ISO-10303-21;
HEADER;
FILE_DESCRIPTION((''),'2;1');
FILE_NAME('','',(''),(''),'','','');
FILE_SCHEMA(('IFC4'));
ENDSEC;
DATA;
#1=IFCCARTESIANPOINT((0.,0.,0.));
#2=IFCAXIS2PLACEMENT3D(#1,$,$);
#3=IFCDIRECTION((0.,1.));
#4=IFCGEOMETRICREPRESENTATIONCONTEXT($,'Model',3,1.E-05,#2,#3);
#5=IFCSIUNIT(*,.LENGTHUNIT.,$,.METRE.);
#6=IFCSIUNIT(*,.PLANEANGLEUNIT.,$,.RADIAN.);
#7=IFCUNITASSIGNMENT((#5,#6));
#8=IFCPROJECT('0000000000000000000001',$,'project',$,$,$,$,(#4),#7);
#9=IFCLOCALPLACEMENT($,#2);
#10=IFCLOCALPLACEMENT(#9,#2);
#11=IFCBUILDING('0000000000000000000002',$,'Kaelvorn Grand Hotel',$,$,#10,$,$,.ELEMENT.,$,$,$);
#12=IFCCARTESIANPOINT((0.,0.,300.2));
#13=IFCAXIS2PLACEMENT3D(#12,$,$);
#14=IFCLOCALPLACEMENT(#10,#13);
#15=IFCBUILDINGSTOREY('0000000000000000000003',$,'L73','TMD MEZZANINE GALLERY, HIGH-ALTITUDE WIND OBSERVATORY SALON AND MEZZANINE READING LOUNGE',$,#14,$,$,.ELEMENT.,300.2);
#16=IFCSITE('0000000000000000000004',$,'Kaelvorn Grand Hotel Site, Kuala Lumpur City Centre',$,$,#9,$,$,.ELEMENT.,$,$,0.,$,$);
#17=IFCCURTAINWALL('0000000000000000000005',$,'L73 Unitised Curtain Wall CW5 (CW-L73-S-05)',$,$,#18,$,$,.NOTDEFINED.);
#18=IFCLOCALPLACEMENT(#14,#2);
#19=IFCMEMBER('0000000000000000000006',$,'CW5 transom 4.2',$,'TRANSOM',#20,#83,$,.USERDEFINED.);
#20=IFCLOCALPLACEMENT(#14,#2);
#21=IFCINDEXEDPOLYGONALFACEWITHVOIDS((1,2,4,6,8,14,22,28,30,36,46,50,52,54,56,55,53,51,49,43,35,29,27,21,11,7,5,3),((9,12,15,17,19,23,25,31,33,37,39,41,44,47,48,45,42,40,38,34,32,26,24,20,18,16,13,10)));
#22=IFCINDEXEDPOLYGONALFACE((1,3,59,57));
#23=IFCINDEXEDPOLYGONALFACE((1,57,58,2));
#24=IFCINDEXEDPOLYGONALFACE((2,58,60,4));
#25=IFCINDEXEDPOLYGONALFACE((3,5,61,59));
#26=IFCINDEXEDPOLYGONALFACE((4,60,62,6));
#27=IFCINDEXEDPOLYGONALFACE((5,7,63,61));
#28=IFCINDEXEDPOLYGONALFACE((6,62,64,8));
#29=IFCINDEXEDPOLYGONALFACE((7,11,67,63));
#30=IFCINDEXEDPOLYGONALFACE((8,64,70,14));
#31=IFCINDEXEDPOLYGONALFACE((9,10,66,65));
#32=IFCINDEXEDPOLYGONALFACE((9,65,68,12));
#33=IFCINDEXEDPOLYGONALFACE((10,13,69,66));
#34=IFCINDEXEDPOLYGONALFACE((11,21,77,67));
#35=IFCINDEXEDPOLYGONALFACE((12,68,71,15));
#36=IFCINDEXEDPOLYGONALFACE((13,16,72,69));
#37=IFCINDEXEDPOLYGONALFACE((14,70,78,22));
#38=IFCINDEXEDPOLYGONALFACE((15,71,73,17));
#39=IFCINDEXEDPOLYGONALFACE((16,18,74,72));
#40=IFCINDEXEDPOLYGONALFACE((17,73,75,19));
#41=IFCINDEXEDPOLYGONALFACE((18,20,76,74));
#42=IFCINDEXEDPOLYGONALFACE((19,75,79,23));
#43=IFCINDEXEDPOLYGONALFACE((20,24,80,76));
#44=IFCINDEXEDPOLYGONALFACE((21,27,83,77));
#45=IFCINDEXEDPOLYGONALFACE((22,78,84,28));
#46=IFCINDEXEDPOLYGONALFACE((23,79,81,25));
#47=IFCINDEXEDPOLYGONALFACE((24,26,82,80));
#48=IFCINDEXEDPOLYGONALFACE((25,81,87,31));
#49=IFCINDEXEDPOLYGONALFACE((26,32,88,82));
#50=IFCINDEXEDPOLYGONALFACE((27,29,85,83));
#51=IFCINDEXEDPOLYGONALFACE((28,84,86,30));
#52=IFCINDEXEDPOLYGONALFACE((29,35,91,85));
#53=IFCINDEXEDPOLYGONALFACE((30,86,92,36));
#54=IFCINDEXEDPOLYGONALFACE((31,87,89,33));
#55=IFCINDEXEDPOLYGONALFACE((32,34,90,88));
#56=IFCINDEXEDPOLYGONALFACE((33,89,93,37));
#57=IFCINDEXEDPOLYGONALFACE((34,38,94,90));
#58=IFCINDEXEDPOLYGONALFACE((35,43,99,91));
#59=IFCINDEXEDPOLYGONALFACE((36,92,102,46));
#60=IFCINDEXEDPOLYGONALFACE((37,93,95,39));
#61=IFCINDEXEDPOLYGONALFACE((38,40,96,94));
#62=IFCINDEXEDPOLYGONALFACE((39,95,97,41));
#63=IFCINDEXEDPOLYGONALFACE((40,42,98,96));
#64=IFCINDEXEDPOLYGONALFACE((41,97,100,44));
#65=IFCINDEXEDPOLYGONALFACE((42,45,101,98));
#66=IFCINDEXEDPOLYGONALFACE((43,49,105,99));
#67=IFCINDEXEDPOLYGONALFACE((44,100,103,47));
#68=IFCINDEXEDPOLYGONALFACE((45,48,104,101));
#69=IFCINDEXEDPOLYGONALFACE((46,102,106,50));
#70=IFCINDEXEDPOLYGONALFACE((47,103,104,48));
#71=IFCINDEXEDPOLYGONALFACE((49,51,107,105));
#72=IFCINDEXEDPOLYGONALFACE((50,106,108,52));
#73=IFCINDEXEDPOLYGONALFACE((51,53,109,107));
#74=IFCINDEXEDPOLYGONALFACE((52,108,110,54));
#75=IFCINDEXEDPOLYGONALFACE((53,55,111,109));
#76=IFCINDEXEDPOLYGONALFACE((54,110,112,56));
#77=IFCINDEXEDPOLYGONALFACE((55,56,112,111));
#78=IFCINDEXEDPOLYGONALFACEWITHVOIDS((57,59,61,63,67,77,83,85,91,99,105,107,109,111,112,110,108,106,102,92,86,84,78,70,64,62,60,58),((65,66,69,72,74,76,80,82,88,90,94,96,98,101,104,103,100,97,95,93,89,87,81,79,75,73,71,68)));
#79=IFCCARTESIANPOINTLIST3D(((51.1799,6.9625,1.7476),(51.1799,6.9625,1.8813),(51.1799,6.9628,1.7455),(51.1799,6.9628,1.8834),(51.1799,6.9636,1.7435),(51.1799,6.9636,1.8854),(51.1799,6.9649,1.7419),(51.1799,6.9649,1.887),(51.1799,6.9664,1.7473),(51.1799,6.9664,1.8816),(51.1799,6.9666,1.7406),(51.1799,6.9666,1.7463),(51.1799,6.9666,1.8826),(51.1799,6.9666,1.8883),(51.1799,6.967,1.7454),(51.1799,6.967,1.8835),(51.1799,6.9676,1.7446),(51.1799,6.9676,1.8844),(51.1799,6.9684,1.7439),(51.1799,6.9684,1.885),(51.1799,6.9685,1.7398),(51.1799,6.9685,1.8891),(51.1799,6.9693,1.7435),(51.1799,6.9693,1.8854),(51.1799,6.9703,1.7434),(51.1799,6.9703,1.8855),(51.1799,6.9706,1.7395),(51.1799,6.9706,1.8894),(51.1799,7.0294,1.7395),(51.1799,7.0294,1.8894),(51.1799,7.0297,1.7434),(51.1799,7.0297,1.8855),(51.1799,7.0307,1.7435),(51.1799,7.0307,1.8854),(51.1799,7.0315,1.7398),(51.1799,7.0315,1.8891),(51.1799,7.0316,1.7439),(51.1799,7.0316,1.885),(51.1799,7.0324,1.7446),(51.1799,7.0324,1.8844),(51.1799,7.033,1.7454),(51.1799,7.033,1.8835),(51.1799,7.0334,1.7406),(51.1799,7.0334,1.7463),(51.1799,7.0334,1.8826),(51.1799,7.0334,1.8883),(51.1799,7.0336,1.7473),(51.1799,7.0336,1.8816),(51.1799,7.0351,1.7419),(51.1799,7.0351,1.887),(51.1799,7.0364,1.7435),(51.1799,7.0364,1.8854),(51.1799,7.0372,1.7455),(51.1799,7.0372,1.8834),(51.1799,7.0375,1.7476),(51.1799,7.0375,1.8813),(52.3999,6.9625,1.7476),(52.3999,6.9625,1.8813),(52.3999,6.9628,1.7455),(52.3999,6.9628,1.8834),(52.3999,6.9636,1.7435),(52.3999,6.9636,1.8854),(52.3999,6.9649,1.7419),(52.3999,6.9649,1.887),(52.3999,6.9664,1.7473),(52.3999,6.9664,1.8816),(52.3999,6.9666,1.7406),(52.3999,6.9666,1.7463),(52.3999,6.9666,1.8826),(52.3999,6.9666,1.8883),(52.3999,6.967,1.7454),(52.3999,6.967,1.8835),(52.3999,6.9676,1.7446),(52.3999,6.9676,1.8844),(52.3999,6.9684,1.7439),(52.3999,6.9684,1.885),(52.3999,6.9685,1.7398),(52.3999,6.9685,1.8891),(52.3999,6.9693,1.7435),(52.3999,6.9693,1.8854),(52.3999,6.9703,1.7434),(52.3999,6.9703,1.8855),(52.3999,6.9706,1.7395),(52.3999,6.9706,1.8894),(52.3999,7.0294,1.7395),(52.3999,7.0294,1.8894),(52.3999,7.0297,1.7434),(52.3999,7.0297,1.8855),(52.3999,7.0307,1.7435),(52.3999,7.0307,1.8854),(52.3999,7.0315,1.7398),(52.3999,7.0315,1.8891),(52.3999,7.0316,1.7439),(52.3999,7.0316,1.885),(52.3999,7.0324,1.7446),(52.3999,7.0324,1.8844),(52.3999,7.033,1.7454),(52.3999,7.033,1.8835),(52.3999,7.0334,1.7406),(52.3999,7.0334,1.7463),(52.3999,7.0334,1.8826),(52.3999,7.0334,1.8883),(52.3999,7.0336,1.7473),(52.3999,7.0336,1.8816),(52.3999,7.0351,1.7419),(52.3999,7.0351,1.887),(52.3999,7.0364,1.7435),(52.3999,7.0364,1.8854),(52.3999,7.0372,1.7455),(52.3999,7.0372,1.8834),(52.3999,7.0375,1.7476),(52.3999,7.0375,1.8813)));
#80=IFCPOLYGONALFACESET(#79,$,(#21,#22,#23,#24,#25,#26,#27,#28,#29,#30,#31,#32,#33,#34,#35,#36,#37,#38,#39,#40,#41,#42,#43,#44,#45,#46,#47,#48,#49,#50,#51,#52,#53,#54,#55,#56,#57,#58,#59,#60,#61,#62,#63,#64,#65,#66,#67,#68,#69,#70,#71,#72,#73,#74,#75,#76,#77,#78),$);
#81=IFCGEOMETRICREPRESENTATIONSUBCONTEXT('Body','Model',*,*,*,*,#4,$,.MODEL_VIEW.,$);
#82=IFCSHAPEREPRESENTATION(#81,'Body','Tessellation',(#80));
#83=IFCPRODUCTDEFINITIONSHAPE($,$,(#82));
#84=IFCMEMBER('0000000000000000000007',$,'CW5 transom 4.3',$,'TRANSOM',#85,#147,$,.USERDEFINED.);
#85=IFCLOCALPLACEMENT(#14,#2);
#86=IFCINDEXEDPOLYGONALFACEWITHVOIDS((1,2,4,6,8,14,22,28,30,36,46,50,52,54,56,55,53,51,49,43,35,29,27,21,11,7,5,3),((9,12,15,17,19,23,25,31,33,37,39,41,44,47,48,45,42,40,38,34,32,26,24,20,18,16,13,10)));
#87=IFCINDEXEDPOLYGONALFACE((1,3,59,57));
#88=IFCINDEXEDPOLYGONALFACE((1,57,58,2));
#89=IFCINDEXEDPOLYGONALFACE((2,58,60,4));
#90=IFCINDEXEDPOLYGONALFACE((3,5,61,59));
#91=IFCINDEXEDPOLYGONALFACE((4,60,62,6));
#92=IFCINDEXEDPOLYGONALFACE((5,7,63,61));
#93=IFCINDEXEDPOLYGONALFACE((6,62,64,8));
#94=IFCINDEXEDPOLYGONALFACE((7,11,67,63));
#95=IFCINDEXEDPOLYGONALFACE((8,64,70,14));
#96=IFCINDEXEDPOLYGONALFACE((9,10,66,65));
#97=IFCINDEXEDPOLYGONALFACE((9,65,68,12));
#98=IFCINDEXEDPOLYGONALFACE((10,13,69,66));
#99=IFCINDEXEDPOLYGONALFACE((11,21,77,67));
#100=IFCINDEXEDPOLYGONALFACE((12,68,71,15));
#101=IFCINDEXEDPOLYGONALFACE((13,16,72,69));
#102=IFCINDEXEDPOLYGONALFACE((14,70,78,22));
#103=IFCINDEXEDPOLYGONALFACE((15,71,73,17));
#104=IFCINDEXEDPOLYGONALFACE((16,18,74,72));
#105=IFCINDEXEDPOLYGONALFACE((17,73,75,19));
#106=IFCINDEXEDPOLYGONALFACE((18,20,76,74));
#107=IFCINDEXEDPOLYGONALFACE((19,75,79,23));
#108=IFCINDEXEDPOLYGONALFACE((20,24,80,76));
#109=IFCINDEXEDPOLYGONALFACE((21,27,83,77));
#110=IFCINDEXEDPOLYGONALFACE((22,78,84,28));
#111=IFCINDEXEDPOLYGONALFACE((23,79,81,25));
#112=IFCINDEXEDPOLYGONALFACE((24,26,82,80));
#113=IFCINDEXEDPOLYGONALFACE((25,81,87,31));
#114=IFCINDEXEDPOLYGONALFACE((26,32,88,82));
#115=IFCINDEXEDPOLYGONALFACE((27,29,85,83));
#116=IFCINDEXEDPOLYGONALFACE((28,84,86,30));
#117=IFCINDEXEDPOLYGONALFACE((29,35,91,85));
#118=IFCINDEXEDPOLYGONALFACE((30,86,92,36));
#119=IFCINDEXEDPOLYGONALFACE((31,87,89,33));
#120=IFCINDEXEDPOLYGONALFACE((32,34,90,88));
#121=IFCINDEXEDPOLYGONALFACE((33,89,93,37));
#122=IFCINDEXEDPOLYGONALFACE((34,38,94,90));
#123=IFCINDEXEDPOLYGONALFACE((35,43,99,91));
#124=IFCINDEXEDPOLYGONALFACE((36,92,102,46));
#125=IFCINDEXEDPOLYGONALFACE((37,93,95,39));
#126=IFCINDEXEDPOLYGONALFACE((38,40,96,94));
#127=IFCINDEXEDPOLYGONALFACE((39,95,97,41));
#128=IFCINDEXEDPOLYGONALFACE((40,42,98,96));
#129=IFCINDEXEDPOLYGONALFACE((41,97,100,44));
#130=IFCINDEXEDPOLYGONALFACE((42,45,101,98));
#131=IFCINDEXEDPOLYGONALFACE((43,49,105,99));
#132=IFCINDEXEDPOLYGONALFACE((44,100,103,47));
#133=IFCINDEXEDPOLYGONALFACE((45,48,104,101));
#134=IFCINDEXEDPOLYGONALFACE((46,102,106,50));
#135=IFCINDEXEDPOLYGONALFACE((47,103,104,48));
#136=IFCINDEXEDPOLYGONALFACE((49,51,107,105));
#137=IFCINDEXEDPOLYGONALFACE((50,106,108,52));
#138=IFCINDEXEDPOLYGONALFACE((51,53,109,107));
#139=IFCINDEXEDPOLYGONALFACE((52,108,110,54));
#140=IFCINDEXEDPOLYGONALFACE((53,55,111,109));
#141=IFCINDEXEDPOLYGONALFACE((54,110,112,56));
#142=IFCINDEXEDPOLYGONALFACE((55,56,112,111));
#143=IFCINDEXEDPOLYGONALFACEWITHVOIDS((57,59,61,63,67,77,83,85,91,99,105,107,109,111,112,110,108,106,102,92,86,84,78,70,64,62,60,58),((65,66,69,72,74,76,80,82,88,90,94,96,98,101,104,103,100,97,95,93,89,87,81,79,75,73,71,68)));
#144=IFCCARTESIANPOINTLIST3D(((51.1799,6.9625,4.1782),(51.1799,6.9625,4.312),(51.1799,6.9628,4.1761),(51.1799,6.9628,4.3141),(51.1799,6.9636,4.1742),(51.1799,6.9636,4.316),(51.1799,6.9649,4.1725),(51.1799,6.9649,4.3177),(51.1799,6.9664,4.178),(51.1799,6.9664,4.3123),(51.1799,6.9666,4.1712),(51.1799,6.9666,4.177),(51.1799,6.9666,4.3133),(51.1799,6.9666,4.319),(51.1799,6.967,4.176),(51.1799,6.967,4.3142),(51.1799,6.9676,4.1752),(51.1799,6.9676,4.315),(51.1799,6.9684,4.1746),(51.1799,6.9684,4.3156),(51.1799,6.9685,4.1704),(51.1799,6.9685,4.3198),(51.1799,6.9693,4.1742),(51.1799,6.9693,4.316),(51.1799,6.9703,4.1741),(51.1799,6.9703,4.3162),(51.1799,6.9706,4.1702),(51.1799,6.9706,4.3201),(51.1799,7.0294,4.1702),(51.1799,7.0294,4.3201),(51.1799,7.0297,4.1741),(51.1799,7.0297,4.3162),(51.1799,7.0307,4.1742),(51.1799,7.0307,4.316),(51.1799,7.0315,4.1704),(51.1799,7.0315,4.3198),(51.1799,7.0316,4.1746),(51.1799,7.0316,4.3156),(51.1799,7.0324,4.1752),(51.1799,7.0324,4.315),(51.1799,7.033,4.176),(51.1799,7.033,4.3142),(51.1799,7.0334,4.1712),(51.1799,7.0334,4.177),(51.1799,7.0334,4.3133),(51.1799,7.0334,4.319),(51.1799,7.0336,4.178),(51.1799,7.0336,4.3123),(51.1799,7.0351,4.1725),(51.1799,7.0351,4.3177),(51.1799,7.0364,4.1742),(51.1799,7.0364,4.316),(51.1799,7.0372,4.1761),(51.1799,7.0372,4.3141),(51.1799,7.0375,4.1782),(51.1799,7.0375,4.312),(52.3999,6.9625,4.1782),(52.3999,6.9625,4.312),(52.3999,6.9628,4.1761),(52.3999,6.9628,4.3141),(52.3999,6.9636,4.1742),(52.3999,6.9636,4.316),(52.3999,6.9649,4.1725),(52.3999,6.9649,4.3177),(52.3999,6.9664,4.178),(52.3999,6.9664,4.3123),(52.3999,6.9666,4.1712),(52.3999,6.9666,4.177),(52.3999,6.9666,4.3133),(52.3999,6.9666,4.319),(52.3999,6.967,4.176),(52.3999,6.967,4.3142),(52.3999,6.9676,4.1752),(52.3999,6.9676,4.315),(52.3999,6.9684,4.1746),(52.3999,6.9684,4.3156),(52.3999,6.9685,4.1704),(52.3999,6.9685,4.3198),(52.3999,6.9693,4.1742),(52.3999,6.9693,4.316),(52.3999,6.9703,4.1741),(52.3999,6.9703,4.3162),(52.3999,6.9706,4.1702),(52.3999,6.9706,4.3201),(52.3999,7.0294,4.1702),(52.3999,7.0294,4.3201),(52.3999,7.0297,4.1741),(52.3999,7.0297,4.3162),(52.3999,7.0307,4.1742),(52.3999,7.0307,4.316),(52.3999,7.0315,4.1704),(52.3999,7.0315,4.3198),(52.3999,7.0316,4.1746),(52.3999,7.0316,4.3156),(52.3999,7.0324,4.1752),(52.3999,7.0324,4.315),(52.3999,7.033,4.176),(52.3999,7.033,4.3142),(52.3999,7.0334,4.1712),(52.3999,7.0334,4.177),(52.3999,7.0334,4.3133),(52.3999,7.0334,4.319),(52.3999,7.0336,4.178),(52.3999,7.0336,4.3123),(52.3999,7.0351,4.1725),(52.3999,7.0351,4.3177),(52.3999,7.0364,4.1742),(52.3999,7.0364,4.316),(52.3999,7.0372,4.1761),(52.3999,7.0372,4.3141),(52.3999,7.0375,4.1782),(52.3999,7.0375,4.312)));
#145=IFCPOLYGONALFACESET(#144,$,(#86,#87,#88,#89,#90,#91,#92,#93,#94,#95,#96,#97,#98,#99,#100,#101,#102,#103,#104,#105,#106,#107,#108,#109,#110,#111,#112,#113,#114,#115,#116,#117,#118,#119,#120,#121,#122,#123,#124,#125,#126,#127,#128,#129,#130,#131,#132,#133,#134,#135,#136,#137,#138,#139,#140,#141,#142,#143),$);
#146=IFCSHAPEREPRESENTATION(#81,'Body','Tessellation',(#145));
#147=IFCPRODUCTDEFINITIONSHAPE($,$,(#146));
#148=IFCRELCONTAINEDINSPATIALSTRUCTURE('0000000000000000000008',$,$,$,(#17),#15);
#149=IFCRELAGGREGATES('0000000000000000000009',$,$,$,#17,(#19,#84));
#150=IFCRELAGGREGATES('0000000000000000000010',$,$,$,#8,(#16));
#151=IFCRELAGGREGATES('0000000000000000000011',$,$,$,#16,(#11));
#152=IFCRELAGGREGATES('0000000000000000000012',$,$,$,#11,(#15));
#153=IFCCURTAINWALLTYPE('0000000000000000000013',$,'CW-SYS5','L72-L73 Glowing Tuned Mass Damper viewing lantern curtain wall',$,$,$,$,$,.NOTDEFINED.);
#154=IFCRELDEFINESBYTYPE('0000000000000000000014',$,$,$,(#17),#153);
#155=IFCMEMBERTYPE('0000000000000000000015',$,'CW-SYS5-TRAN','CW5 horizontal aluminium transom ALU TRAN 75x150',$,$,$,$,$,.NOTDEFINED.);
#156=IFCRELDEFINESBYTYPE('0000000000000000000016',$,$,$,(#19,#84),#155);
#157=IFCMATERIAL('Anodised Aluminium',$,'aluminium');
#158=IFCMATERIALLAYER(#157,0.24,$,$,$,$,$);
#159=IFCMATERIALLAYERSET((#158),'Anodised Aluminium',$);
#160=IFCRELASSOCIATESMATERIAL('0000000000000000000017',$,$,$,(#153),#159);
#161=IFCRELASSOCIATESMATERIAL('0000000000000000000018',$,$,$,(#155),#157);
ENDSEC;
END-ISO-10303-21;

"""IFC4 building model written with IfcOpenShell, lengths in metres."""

from ifc_helpers import new_model, si_unit, direction, frame, origin, origin_2d, place, context, subcontext, project, spatial, hollow_rectangle, extrude, material, layer, layer_set, material_profile, profile_set, type_object, element, aggregate, save


model = new_model("IFC4")

# Units and contexts
model_context = context("Model", 3, precision=1e-05, world=origin(), true_north=direction((0.0, 1.0)))
body_context = subcontext(model_context, "Body", "Model", "MODEL_VIEW")
ifc_project = project(units=[si_unit("LENGTHUNIT", "METRE"), si_unit("PLANEANGLEUNIT", "RADIAN")], contexts=[model_context])

# Site, building, storey
site_placement = place(None, origin())
site = spatial("IfcSite", under=ifc_project, at=site_placement, Name="Kaelvorn Grand Hotel Site, Kuala Lumpur City Centre", CompositionType="ELEMENT", RefElevation=0.0)
building_placement = place(site_placement, origin())
building = spatial("IfcBuilding", under=site, at=building_placement, Name="Kaelvorn Grand Hotel", CompositionType="ELEMENT")
storey_placement = place(building_placement, frame((0.0, 0.0, 300.2)))
storey = spatial("IfcBuildingStorey", under=building, at=storey_placement, Name="L73", Description="TMD MEZZANINE GALLERY, HIGH-ALTITUDE WIND OBSERVATORY SALON AND MEZZANINE READING LOUNGE", CompositionType="ELEMENT", Elevation=300.2)

# Curtain wall
ifc_material_1 = material(Name="Anodised Aluminium", Category="aluminium")
ifc_layer_1 = layer(ifc_material_1, 0.24)
ifc_layer_set_1 = layer_set([ifc_layer_1], Name="Anodised Aluminium")
curtain_wall_type = type_object("IfcCurtainWallType", Name="CW-SYS5", Description="L72-L73 Glowing Tuned Mass Damper viewing lantern curtain wall", PredefinedType="NOTDEFINED", material=ifc_layer_set_1)
curtain_wall_1_placement = place(storey_placement, origin())
curtain_wall_1 = element("IfcCurtainWall", 1, at=curtain_wall_1_placement, inside=storey, type_object=curtain_wall_type, Name="L73 Unitised Curtain Wall CW5 (CW-L73-S-05)", PredefinedType="NOTDEFINED")

# Members
ifc_material_profile_1 = material_profile(ifc_material_1, hollow_rectangle(XDim=0.075, YDim=0.1499, WallThickness=0.0039, InnerFilletRadius=0.0039, OuterFilletRadius=0.0081, at=origin_2d()), Name="ALU TRAN 75x150")
ifc_profile_set_1 = profile_set([ifc_material_profile_1], Name="Anodised Aluminium")
member_type_1 = type_object("IfcMemberType", Name="CW-SYS5-TRAN", Description="CW5 horizontal aluminium transom ALU TRAN 75x150", PredefinedType="NOTDEFINED", material=ifc_profile_set_1)
member_1_placement = place(storey_placement, frame((51.1799, 7.0, 1.8145), z_axis=(1.0, 0.0, 0.0), x_axis=(0.0, 1.0, 0.0)))
member_1 = element("IfcMember", 2, at=member_1_placement, type_object=member_type_1, Name="CW5 transom 4.2", ObjectType="TRANSOM", PredefinedType="USERDEFINED", context=body_context, shape_type="SweptSolid", body=[
    extrude(hollow_rectangle(XDim=0.075, YDim=0.1499, WallThickness=0.0039, InnerFilletRadius=0.0039, OuterFilletRadius=0.0081, at=origin_2d()), origin(), (0.0, 0.0, 1.0), 1.22),
])
member_2_placement = place(storey_placement, frame((51.1799, 7.0, 4.2451), z_axis=(1.0, 0.0, 0.0), x_axis=(0.0, 1.0, 0.0)))
member_2 = element("IfcMember", 3, at=member_2_placement, type_object=member_type_1, Name="CW5 transom 4.3", ObjectType="TRANSOM", PredefinedType="USERDEFINED", context=body_context, shape_type="SweptSolid", body=[
    extrude(hollow_rectangle(XDim=0.075, YDim=0.1499, WallThickness=0.0039, InnerFilletRadius=0.0039, OuterFilletRadius=0.0081, at=origin_2d()), origin(), (0.0, 0.0, 1.0), 1.22),
])

aggregate(curtain_wall_1, [member_1, member_2])

save(model, "model.ifc")
